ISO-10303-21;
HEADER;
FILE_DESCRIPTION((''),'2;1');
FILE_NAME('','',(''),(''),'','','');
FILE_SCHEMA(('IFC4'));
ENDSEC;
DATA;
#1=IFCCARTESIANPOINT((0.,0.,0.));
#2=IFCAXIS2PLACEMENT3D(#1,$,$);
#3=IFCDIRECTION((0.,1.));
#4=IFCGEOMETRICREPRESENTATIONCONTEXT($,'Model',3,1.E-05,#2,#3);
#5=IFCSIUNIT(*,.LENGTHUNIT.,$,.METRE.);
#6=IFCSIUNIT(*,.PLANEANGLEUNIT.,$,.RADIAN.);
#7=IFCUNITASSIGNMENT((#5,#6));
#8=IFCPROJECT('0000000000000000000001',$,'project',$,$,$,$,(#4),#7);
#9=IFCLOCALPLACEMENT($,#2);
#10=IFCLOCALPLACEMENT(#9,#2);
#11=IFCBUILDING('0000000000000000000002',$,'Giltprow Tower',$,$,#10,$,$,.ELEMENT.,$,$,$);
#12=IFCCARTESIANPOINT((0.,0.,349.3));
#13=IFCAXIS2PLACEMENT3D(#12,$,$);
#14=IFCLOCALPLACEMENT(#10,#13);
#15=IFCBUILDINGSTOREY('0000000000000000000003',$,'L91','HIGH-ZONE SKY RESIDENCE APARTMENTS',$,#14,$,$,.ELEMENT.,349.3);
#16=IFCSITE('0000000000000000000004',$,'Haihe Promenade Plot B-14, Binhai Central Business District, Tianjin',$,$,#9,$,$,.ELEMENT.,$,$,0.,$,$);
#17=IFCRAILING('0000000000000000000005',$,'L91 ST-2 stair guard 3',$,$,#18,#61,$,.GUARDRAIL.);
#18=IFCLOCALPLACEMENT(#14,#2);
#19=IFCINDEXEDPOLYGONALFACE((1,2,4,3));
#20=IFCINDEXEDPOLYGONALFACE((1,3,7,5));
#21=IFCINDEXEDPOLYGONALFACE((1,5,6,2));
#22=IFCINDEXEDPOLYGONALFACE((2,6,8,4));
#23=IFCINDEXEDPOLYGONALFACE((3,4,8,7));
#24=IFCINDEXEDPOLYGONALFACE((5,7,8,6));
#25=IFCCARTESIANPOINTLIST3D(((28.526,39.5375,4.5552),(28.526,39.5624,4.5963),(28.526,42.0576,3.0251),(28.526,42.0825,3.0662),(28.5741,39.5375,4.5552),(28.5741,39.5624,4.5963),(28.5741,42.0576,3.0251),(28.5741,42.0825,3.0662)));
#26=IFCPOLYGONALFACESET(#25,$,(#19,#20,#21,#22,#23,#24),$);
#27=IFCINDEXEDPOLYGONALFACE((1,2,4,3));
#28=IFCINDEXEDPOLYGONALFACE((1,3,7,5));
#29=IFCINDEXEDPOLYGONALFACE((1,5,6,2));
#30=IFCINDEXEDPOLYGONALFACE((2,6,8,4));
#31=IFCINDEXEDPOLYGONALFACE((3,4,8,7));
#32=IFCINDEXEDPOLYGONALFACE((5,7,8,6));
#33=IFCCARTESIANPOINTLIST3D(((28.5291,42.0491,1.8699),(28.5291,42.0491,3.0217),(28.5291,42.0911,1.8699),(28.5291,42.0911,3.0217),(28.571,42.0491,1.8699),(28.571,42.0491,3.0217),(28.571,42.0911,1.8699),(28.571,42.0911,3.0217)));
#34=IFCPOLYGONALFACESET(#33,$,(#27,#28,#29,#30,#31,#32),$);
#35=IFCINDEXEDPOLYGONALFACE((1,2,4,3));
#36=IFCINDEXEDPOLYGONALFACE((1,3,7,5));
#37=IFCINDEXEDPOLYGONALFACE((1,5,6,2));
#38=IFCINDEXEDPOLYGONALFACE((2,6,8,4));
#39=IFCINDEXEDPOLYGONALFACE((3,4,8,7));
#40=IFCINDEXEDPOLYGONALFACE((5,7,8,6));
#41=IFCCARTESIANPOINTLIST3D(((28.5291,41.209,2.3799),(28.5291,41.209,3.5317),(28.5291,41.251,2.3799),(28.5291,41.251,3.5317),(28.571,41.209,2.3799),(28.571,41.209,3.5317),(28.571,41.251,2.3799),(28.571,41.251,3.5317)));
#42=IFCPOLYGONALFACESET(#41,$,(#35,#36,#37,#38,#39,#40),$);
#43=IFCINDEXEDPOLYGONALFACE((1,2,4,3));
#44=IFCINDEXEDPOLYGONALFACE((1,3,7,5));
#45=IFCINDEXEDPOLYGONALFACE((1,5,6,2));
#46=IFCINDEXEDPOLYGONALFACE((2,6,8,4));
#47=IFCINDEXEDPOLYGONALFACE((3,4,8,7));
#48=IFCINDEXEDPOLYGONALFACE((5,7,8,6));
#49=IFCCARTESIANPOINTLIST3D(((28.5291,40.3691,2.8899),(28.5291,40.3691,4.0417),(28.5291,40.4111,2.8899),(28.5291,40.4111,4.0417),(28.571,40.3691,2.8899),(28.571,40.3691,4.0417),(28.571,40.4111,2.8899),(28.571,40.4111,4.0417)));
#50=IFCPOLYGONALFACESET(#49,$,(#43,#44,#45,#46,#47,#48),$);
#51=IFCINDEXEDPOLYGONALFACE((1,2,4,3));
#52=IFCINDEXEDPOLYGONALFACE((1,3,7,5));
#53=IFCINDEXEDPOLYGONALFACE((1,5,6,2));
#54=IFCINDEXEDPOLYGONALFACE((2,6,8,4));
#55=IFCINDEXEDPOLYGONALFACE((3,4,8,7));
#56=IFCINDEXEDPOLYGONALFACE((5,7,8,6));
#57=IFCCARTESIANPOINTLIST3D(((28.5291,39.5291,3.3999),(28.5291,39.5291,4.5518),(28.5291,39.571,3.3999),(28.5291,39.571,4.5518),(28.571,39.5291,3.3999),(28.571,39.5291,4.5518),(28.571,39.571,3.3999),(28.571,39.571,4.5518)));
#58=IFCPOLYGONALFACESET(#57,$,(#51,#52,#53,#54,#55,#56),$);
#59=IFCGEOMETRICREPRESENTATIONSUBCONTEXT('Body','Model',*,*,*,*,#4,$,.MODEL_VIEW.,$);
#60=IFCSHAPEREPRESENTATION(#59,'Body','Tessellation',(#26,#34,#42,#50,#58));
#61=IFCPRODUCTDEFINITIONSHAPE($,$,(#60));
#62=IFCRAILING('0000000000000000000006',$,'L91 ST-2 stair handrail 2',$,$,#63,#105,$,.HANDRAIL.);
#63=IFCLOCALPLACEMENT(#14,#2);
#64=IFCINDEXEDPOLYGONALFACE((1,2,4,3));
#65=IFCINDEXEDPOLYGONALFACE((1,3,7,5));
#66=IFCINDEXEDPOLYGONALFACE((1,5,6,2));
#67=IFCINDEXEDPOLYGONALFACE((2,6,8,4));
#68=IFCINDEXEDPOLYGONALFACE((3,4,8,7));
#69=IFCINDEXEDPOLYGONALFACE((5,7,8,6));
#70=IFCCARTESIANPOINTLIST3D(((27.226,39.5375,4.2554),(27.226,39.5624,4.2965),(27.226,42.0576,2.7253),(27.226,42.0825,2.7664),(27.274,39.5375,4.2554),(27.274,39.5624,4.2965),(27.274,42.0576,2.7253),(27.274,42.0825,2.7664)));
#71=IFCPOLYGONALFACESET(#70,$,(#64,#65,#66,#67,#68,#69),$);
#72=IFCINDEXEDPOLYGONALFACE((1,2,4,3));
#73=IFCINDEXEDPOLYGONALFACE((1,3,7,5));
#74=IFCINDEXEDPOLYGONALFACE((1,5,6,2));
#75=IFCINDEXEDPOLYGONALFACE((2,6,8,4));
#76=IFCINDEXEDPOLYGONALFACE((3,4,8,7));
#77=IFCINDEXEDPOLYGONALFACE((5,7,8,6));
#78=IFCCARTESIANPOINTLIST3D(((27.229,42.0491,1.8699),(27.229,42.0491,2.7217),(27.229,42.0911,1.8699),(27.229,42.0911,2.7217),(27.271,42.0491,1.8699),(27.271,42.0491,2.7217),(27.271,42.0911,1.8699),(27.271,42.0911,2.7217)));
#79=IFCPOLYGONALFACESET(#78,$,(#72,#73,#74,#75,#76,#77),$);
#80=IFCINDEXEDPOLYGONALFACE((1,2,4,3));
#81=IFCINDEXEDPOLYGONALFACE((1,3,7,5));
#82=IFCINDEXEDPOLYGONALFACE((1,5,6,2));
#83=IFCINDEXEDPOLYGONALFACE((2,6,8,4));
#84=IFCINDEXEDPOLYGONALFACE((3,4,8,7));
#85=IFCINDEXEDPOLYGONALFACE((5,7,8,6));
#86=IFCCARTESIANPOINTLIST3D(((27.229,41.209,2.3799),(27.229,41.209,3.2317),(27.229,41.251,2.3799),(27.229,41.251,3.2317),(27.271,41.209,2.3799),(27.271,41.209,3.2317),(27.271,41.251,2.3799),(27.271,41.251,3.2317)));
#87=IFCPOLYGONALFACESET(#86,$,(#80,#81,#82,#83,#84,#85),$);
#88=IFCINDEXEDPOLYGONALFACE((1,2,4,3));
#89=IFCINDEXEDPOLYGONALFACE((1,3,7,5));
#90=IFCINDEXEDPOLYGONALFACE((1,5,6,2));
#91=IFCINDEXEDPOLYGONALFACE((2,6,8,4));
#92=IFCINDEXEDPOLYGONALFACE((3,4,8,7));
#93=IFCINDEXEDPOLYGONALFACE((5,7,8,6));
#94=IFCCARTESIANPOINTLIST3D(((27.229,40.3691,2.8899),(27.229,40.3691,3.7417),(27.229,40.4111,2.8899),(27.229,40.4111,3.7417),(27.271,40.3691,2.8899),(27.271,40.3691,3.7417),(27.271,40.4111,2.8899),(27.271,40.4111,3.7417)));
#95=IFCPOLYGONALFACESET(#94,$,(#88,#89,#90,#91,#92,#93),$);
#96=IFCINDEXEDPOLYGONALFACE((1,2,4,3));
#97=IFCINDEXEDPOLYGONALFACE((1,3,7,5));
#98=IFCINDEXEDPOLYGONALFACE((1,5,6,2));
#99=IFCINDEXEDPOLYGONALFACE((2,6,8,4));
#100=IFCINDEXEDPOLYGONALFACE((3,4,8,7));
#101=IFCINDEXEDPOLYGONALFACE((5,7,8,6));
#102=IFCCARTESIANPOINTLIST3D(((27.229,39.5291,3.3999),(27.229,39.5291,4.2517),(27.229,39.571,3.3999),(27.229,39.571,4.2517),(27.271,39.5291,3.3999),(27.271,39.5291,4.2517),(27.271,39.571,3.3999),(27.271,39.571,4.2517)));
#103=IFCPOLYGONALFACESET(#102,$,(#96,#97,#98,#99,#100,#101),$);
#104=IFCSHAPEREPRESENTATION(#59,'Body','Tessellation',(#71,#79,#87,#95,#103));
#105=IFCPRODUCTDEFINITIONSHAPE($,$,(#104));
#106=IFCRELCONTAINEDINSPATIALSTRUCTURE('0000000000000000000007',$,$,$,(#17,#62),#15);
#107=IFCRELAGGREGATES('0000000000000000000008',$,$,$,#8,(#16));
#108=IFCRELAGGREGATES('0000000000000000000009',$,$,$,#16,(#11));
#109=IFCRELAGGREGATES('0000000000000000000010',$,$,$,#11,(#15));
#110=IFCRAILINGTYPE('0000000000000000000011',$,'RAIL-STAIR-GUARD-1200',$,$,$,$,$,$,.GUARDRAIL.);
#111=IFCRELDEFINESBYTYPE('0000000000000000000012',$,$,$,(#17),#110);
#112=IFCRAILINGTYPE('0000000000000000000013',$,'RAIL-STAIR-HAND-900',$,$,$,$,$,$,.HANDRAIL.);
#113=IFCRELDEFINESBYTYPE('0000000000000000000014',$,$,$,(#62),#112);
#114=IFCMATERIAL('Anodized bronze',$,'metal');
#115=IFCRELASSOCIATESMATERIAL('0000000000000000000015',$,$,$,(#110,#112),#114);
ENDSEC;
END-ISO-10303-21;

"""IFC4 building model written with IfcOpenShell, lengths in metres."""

from ifc_helpers import new_model, si_unit, direction, frame, origin, origin_2d, place, context, subcontext, project, spatial, rectangle, extrude, material, type_object, element, save


model = new_model("IFC4")

# Units and contexts
model_context = context("Model", 3, precision=1e-05, world=origin(), true_north=direction((0.0, 1.0)))
body_context = subcontext(model_context, "Body", "Model", "MODEL_VIEW")
ifc_project = project(units=[si_unit("LENGTHUNIT", "METRE"), si_unit("PLANEANGLEUNIT", "RADIAN")], contexts=[model_context])

# Site, building, storey
site_placement = place(None, origin())
site = spatial("IfcSite", under=ifc_project, at=site_placement, Name="Haihe Promenade Plot B-14, Binhai Central Business District, Tianjin", CompositionType="ELEMENT", RefElevation=0.0)
building_placement = place(site_placement, origin())
building = spatial("IfcBuilding", under=site, at=building_placement, Name="Giltprow Tower", CompositionType="ELEMENT")
storey_placement = place(building_placement, frame((0.0, 0.0, 349.3)))
storey = spatial("IfcBuildingStorey", under=building, at=storey_placement, Name="L91", Description="HIGH-ZONE SKY RESIDENCE APARTMENTS", CompositionType="ELEMENT", Elevation=349.3)

# Railings
ifc_material_1 = material(Name="Anodized bronze", Category="metal")
railing_type_1 = type_object("IfcRailingType", Name="RAIL-STAIR-GUARD-1200", PredefinedType="GUARDRAIL", material=ifc_material_1)
railing_1_placement = place(storey_placement, frame((28.55, 42.0701, 1.8699)))
element("IfcRailing", 1, at=railing_1_placement, inside=storey, type_object=railing_type_1, Name="L91 ST-2 stair guard 3", PredefinedType="GUARDRAIL", context=body_context, shape_type="SweptSolid", body=[
    extrude(rectangle(XDim=0.0481, YDim=0.0481, at=origin_2d()), frame((0.0, 0.0, 1.1758), z_axis=(0.0, -0.854785, 0.518982), x_axis=(1.0, 0.0, 0.0)), (0.0, 0.0, 1.0), 2.9482),
    extrude(rectangle(XDim=0.042, YDim=0.042, at=origin_2d()), origin(), (0.0, 0.0, 1.0), 1.1519),
    extrude(rectangle(XDim=0.042, YDim=0.042, at=origin_2d()), frame((0.0, -0.8401, 0.51)), (0.0, 0.0, 1.0), 1.1519),
    extrude(rectangle(XDim=0.042, YDim=0.042, at=origin_2d()), frame((0.0, -1.6799, 1.02)), (0.0, 0.0, 1.0), 1.1519),
    extrude(rectangle(XDim=0.042, YDim=0.042, at=origin_2d()), frame((0.0, -2.52, 1.53)), (0.0, 0.0, 1.0), 1.1519),
])
railing_type_2 = type_object("IfcRailingType", Name="RAIL-STAIR-HAND-900", PredefinedType="HANDRAIL", material=ifc_material_1)
railing_2_placement = place(storey_placement, frame((27.25, 42.0701, 1.8699)))
element("IfcRailing", 2, at=railing_2_placement, inside=storey, type_object=railing_type_2, Name="L91 ST-2 stair handrail 2", PredefinedType="HANDRAIL", context=body_context, shape_type="SweptSolid", body=[
    extrude(rectangle(XDim=0.0481, YDim=0.0481, at=origin_2d()), frame((0.0, 0.0, 0.876), z_axis=(0.0, -0.854785, 0.518982), x_axis=(1.0, 0.0, 0.0)), (0.0, 0.0, 1.0), 2.9482),
    extrude(rectangle(XDim=0.042, YDim=0.042, at=origin_2d()), origin(), (0.0, 0.0, 1.0), 0.8518),
    extrude(rectangle(XDim=0.042, YDim=0.042, at=origin_2d()), frame((0.0, -0.8401, 0.51)), (0.0, 0.0, 1.0), 0.8518),
    extrude(rectangle(XDim=0.042, YDim=0.042, at=origin_2d()), frame((0.0, -1.6799, 1.02)), (0.0, 0.0, 1.0), 0.8518),
    extrude(rectangle(XDim=0.042, YDim=0.042, at=origin_2d()), frame((0.0, -2.52, 1.53)), (0.0, 0.0, 1.0), 0.8518),
])

save(model, "model.ifc")
